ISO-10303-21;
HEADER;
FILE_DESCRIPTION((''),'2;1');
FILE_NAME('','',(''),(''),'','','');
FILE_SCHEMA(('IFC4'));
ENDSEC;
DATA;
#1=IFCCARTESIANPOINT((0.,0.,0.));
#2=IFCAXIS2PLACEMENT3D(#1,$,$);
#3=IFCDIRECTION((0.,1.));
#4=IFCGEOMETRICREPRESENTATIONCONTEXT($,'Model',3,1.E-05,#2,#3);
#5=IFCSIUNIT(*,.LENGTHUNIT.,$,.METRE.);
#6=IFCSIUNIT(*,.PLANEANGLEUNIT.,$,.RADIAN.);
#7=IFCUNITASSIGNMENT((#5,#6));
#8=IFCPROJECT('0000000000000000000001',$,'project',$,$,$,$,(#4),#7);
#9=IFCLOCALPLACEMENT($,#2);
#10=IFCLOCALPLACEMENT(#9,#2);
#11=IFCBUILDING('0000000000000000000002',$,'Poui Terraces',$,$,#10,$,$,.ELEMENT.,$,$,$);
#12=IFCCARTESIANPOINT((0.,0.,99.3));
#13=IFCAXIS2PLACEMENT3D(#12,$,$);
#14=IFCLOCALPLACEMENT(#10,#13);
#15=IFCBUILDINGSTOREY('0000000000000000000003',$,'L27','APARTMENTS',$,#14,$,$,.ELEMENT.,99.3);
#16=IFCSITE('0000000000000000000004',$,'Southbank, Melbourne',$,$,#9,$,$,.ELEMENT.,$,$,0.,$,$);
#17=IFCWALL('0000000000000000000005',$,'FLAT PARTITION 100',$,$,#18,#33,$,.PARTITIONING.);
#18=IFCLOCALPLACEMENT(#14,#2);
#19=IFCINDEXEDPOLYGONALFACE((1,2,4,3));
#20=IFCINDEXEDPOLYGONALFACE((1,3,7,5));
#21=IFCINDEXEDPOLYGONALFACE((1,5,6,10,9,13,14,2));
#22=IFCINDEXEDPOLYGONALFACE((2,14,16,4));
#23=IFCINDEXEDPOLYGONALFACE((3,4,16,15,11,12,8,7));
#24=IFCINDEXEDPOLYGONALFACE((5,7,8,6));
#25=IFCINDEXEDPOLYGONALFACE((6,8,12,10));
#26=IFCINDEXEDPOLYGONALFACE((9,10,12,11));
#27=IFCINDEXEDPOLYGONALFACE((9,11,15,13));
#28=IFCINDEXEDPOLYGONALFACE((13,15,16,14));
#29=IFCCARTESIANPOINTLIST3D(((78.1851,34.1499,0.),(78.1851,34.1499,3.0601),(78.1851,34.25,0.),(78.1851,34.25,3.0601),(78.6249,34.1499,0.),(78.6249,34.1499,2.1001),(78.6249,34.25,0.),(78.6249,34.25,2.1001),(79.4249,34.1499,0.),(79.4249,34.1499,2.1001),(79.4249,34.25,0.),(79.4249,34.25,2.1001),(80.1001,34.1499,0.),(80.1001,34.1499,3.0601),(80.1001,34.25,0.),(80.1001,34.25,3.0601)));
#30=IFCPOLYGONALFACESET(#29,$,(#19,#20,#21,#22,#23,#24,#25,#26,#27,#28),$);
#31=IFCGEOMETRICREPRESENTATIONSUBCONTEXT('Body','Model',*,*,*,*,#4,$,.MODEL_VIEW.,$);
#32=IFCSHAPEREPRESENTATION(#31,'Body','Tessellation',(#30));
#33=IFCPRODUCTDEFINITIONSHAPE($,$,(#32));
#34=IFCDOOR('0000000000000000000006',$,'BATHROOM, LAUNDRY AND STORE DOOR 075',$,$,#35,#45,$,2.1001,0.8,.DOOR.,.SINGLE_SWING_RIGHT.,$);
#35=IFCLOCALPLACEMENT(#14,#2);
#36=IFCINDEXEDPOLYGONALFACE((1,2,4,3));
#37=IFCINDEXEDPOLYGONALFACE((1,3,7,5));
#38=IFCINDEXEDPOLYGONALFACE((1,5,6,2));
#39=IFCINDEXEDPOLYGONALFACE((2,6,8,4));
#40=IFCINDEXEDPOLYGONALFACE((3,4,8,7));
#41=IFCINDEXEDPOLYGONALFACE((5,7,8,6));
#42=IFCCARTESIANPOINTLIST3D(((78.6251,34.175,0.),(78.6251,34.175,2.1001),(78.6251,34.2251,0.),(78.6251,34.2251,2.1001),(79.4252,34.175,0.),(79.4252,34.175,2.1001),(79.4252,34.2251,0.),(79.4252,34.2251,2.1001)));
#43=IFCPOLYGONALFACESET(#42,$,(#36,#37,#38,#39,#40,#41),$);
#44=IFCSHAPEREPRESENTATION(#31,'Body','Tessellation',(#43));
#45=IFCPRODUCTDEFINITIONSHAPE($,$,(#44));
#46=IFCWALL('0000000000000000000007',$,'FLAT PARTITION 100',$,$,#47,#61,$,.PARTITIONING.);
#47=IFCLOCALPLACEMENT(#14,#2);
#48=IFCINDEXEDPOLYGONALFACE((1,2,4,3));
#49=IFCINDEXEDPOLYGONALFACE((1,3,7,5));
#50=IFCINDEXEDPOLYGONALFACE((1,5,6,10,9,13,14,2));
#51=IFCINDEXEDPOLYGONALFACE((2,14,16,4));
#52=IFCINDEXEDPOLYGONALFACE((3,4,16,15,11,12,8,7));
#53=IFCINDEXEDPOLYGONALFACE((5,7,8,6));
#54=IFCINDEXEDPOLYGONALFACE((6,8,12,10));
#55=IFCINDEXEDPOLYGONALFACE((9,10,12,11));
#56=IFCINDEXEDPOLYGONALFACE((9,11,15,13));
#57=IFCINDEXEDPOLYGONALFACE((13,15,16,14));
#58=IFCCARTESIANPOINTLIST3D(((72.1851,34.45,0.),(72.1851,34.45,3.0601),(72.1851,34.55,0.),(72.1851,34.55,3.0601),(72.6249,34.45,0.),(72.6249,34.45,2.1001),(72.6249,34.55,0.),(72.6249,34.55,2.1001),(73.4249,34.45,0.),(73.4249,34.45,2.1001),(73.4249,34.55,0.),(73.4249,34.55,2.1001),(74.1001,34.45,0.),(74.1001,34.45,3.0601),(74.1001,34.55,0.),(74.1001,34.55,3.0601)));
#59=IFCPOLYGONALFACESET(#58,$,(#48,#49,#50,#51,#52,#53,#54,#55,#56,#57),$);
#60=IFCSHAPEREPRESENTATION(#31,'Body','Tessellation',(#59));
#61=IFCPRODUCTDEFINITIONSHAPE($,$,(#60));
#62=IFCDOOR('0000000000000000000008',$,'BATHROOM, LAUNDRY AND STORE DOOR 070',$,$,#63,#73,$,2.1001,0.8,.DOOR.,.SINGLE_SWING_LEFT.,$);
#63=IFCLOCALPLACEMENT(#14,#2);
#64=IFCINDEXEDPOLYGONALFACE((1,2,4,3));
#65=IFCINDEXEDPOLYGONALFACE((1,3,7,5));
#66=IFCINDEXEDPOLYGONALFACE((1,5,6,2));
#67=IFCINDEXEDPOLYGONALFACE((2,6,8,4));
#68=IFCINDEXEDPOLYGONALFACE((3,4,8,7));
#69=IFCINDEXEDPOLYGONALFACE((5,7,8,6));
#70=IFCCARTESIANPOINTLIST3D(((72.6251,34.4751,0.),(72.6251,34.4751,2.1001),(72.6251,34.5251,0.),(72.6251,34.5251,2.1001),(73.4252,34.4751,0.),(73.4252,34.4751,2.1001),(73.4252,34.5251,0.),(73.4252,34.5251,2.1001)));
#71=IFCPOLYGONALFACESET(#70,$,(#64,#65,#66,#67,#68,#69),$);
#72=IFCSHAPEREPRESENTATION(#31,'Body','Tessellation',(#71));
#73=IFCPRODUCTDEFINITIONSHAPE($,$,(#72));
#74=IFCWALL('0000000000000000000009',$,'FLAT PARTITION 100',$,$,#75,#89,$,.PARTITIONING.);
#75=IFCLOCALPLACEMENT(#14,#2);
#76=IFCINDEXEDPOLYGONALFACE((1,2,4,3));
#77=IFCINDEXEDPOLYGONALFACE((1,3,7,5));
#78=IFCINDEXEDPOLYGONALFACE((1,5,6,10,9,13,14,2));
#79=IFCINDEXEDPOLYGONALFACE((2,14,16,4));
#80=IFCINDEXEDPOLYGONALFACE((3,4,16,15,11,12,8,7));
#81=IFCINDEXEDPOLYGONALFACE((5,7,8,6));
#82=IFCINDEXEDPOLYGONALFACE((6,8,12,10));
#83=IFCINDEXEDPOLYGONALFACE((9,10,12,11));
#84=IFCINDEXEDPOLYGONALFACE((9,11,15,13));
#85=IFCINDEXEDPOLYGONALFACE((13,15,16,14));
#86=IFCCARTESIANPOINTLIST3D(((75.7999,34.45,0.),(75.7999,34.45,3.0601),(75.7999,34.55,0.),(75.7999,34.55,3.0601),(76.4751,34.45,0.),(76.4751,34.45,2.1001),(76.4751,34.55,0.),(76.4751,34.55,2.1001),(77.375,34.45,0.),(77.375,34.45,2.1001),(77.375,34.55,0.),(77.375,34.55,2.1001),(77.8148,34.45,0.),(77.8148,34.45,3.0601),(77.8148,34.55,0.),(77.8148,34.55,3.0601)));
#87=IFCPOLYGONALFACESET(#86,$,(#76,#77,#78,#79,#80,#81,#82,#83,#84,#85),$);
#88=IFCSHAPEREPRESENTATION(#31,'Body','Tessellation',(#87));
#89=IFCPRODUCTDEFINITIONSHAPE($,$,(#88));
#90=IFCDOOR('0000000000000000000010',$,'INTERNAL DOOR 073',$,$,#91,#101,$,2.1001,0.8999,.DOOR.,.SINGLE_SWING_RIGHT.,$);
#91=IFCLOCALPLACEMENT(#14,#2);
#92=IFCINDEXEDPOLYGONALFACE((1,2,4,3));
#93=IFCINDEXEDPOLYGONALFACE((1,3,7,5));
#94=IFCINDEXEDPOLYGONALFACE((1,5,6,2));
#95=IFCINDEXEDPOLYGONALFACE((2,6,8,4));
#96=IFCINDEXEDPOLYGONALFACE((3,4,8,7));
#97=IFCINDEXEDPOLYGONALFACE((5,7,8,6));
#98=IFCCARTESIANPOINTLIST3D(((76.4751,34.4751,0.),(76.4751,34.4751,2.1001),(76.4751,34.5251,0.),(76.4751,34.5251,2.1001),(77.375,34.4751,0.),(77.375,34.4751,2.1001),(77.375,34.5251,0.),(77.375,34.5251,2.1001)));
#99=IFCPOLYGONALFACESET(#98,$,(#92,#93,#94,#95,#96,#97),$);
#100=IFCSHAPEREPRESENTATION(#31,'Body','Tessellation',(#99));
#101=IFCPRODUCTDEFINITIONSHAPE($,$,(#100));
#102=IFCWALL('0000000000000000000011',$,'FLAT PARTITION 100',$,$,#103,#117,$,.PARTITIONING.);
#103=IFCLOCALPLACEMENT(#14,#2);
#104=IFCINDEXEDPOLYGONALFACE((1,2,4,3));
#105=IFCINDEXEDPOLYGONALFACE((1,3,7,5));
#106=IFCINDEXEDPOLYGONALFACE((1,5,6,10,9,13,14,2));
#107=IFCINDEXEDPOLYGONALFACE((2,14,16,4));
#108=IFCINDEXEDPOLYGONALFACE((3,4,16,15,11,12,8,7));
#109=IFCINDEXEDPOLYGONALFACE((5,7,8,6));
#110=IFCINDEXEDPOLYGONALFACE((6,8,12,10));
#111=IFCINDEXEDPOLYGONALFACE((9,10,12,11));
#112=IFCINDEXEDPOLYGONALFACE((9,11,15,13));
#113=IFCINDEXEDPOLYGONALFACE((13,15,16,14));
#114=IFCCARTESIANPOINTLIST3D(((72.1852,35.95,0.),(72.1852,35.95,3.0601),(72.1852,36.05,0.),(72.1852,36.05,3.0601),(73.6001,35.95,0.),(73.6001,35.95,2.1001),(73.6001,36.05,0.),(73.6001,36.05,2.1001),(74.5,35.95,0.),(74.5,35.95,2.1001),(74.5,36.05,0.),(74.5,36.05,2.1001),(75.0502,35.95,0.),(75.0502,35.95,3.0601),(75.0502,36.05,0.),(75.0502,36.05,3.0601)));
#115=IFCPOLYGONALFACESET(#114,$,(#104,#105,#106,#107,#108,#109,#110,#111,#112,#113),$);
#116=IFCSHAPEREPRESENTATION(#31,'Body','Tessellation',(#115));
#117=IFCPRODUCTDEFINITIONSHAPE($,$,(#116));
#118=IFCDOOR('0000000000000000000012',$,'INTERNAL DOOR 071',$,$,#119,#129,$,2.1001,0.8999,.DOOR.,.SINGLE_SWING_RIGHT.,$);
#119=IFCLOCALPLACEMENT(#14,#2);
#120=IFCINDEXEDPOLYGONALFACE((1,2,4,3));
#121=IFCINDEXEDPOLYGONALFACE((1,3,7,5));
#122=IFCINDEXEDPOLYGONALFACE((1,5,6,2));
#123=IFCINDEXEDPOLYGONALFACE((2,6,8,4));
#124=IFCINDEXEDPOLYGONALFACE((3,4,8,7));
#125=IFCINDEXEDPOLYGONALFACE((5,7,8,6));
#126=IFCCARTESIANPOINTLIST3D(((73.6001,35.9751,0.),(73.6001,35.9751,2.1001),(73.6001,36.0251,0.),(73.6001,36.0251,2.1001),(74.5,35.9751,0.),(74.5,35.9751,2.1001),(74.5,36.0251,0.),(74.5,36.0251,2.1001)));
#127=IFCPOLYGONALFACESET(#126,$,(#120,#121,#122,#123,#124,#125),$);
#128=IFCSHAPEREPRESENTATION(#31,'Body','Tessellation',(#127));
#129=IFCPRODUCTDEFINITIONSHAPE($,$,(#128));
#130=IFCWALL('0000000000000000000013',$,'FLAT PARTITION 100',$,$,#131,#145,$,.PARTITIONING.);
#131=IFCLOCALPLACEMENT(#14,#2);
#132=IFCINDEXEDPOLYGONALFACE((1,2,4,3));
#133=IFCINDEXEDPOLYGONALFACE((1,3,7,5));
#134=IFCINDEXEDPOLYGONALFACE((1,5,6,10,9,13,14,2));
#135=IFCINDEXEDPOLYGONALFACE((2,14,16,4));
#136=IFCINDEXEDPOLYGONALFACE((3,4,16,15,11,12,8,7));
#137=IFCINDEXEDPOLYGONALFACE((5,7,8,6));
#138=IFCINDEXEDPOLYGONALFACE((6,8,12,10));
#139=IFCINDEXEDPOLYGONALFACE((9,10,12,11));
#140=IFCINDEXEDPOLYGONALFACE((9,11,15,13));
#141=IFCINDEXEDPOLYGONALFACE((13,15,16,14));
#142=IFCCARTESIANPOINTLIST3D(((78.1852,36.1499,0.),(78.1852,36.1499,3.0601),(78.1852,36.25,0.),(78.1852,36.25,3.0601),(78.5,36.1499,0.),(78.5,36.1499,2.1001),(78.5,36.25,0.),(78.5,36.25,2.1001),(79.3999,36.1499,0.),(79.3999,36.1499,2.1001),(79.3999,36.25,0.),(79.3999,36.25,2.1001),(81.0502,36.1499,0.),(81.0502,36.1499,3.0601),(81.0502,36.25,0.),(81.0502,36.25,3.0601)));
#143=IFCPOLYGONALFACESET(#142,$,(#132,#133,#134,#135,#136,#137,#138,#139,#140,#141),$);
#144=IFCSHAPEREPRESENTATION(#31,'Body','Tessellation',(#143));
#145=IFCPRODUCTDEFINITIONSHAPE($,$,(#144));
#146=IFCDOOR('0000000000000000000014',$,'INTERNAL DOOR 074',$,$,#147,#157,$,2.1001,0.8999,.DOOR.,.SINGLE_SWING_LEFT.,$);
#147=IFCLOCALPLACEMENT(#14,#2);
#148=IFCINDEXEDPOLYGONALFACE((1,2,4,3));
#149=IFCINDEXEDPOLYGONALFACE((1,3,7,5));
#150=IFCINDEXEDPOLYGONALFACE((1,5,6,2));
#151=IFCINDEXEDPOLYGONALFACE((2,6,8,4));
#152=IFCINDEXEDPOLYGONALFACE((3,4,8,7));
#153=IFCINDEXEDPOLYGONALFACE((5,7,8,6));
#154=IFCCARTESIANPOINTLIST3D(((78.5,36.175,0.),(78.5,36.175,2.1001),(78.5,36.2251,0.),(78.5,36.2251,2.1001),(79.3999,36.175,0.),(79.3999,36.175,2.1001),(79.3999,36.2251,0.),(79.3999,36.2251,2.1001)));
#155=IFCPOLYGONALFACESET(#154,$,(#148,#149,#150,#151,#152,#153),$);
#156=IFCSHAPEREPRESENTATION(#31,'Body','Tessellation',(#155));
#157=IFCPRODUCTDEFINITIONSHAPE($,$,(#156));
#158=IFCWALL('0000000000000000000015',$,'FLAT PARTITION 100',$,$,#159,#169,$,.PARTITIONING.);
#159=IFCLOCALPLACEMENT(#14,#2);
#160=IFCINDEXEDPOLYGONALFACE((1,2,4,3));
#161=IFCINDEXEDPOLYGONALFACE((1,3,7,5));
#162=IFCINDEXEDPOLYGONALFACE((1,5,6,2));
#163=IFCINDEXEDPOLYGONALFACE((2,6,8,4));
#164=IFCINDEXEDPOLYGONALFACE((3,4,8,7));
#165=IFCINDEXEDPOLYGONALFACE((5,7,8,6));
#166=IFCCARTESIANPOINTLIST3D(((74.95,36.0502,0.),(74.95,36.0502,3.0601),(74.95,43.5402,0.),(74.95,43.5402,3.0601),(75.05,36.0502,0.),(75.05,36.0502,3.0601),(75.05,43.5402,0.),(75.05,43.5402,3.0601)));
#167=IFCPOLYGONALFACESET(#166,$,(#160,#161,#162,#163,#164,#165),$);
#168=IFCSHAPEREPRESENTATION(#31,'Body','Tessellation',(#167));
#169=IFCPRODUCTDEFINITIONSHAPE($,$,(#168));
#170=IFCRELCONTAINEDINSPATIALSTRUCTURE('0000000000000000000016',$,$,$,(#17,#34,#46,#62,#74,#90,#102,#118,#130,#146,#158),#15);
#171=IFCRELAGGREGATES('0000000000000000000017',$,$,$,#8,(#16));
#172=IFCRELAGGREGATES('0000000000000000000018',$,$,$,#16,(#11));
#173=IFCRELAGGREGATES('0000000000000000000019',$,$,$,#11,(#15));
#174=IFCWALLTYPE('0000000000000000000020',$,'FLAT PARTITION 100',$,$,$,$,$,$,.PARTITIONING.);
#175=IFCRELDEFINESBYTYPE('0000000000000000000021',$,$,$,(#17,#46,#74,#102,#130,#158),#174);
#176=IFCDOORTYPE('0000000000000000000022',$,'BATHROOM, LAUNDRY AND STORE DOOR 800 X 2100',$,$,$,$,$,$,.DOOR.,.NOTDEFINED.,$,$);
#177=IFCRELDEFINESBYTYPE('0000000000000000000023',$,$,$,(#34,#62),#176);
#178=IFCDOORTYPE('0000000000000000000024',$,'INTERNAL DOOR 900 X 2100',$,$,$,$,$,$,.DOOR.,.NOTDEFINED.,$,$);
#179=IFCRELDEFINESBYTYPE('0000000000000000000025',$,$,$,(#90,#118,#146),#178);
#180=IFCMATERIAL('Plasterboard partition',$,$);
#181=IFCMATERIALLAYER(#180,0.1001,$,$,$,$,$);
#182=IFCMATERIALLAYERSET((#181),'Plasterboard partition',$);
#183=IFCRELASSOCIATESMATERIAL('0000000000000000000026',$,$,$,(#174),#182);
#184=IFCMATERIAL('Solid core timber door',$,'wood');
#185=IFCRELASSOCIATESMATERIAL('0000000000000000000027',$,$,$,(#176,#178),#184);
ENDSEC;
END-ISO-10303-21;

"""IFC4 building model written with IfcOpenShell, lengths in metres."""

from ifc_helpers import new_model, si_unit, direction, frame, frame_2d, origin, place, context, subcontext, project, spatial, rectangle, extrude, material, layer, layer_set, type_object, element, fill, save


model = new_model("IFC4")

# Units and contexts
model_context = context("Model", 3, precision=1e-05, world=origin(), true_north=direction((0.0, 1.0)))
body_context = subcontext(model_context, "Body", "Model", "MODEL_VIEW")
ifc_project = project(units=[si_unit("LENGTHUNIT", "METRE"), si_unit("PLANEANGLEUNIT", "RADIAN")], contexts=[model_context])

# Site, building, storey
site_placement = place(None, origin())
site = spatial("IfcSite", under=ifc_project, at=site_placement, Name="Southbank, Melbourne", CompositionType="ELEMENT", RefElevation=0.0)
building_placement = place(site_placement, origin())
building = spatial("IfcBuilding", under=site, at=building_placement, Name="Poui Terraces", CompositionType="ELEMENT")
storey_placement = place(building_placement, frame((0.0, 0.0, 99.3)))
storey = spatial("IfcBuildingStorey", under=building, at=storey_placement, Name="L27", Description="APARTMENTS", CompositionType="ELEMENT", Elevation=99.3)

# Walls, openings, doors
ifc_material_1 = material(Name="Plasterboard partition")
ifc_layer_1 = layer(ifc_material_1, 0.1001)
ifc_layer_set_1 = layer_set([ifc_layer_1], Name="Plasterboard partition")
wall_type_1 = type_object("IfcWallType", Name="FLAT PARTITION 100", PredefinedType="PARTITIONING", material=ifc_layer_set_1)
wall_1_placement = place(storey_placement, frame((78.1851, 34.2, 0.0), z_axis=(0.0, 0.0, 1.0), x_axis=(1.0, 0.0, 0.0)))
wall_1 = element("IfcWall", 1, at=wall_1_placement, inside=storey, type_object=wall_type_1, Name="FLAT PARTITION 100", PredefinedType="PARTITIONING", context=body_context, shape_type="SweptSolid", body=[
    extrude(rectangle(XDim=1.915, YDim=0.1001, at=frame_2d((0.9575, 0.0))), origin(), (0.0, 0.0, 1.0), 3.0601),
])
opening_1_placement = place(wall_1_placement, frame((0.4399, 0.0, 0.0)))
opening_1 = element("IfcOpeningElement", 2, at=opening_1_placement, cuts=wall_1, PredefinedType="OPENING", context=body_context, shape_type="SweptSolid", body=[
    extrude(rectangle(XDim=0.8, YDim=2.1001, at=frame_2d((0.3999, 1.05))), frame((0.0, 0.0601, 0.0), z_axis=(0.0, -1.0, 0.0), x_axis=(1.0, 0.0, 0.0)), (0.0, 0.0, 1.0), 0.1201),
])
ifc_material_2 = material(Name="Solid core timber door", Category="wood")
door_type_1 = type_object("IfcDoorType", Name="BATHROOM, LAUNDRY AND STORE DOOR 800 X 2100", OperationType="NOTDEFINED", PredefinedType="DOOR", material=ifc_material_2)
door_1_placement = place(opening_1_placement, frame((0.8, 0.0, 0.0), z_axis=(0.0, 0.0, 1.0), x_axis=(-1.0, 0.0, 0.0)))
door_1 = element("IfcDoor", 3, at=door_1_placement, inside=storey, type_object=door_type_1, Name="BATHROOM, LAUNDRY AND STORE DOOR 075", OperationType="SINGLE_SWING_RIGHT", OverallHeight=2.1001, OverallWidth=0.8, PredefinedType="DOOR", context=body_context, shape_type="SweptSolid", body=[
    extrude(rectangle(XDim=0.8, YDim=2.1001, at=frame_2d((0.3999, 1.05))), frame((0.0, 0.0249, 0.0), z_axis=(0.0, -1.0, 0.0), x_axis=(1.0, 0.0, 0.0)), (0.0, 0.0, 1.0), 0.05),
])
fill(opening_1, door_1)
wall_2_placement = place(storey_placement, frame((72.1851, 34.5, 0.0), z_axis=(0.0, 0.0, 1.0), x_axis=(1.0, 0.0, 0.0)))
wall_2 = element("IfcWall", 4, at=wall_2_placement, inside=storey, type_object=wall_type_1, Name="FLAT PARTITION 100", PredefinedType="PARTITIONING", context=body_context, shape_type="SweptSolid", body=[
    extrude(rectangle(XDim=1.915, YDim=0.1001, at=frame_2d((0.9575, 0.0))), origin(), (0.0, 0.0, 1.0), 3.0601),
])
opening_2_placement = place(wall_2_placement, frame((0.4399, 0.0, 0.0)))
opening_2 = element("IfcOpeningElement", 5, at=opening_2_placement, cuts=wall_2, PredefinedType="OPENING", context=body_context, shape_type="SweptSolid", body=[
    extrude(rectangle(XDim=0.8, YDim=2.1001, at=frame_2d((0.3999, 1.05))), frame((0.0, 0.0601, 0.0), z_axis=(0.0, -1.0, 0.0), x_axis=(1.0, 0.0, 0.0)), (0.0, 0.0, 1.0), 0.1201),
])
door_2_placement = place(opening_2_placement, frame((0.8, 0.0, 0.0), z_axis=(0.0, 0.0, 1.0), x_axis=(-1.0, 0.0, 0.0)))
door_2 = element("IfcDoor", 6, at=door_2_placement, inside=storey, type_object=door_type_1, Name="BATHROOM, LAUNDRY AND STORE DOOR 070", OperationType="SINGLE_SWING_LEFT", OverallHeight=2.1001, OverallWidth=0.8, PredefinedType="DOOR", context=body_context, shape_type="SweptSolid", body=[
    extrude(rectangle(XDim=0.8, YDim=2.1001, at=frame_2d((0.3999, 1.05))), frame((0.0, 0.0249, 0.0), z_axis=(0.0, -1.0, 0.0), x_axis=(1.0, 0.0, 0.0)), (0.0, 0.0, 1.0), 0.05),
])
fill(opening_2, door_2)
wall_3_placement = place(storey_placement, frame((75.8, 34.5, 0.0), z_axis=(0.0, 0.0, 1.0), x_axis=(1.0, 0.0, 0.0)))
wall_3 = element("IfcWall", 7, at=wall_3_placement, inside=storey, type_object=wall_type_1, Name="FLAT PARTITION 100", PredefinedType="PARTITIONING", context=body_context, shape_type="SweptSolid", body=[
    extrude(rectangle(XDim=2.0149, YDim=0.1001, at=frame_2d((1.0073, 0.0))), origin(), (0.0, 0.0, 1.0), 3.0601),
])
opening_3_placement = place(wall_3_placement, frame((0.675, 0.0, 0.0)))
opening_3 = element("IfcOpeningElement", 8, at=opening_3_placement, cuts=wall_3, PredefinedType="OPENING", context=body_context, shape_type="SweptSolid", body=[
    extrude(rectangle(XDim=0.8999, YDim=2.1001, at=frame_2d((0.45, 1.05))), frame((0.0, 0.0601, 0.0), z_axis=(0.0, -1.0, 0.0), x_axis=(1.0, 0.0, 0.0)), (0.0, 0.0, 1.0), 0.1201),
])
door_type_2 = type_object("IfcDoorType", Name="INTERNAL DOOR 900 X 2100", OperationType="NOTDEFINED", PredefinedType="DOOR", material=ifc_material_2)
door_3_placement = place(opening_3_placement, frame((0.8999, 0.0, 0.0), z_axis=(0.0, 0.0, 1.0), x_axis=(-1.0, 0.0, 0.0)))
door_3 = element("IfcDoor", 9, at=door_3_placement, inside=storey, type_object=door_type_2, Name="INTERNAL DOOR 073", OperationType="SINGLE_SWING_RIGHT", OverallHeight=2.1001, OverallWidth=0.8999, PredefinedType="DOOR", context=body_context, shape_type="SweptSolid", body=[
    extrude(rectangle(XDim=0.8999, YDim=2.1001, at=frame_2d((0.45, 1.05))), frame((0.0, 0.0249, 0.0), z_axis=(0.0, -1.0, 0.0), x_axis=(1.0, 0.0, 0.0)), (0.0, 0.0, 1.0), 0.05),
])
fill(opening_3, door_3)
wall_4_placement = place(storey_placement, frame((72.1851, 36.0, 0.0), z_axis=(0.0, 0.0, 1.0), x_axis=(1.0, 0.0, 0.0)))
wall_4 = element("IfcWall", 10, at=wall_4_placement, inside=storey, type_object=wall_type_1, Name="FLAT PARTITION 100", PredefinedType="PARTITIONING", context=body_context, shape_type="SweptSolid", body=[
    extrude(rectangle(XDim=2.865, YDim=0.1001, at=frame_2d((1.4326, 0.0))), origin(), (0.0, 0.0, 1.0), 3.0601),
])
opening_4_placement = place(wall_4_placement, frame((1.415, 0.0, 0.0)))
opening_4 = element("IfcOpeningElement", 11, at=opening_4_placement, cuts=wall_4, PredefinedType="OPENING", context=body_context, shape_type="SweptSolid", body=[
    extrude(rectangle(XDim=0.8999, YDim=2.1001, at=frame_2d((0.45, 1.05))), frame((0.0, 0.0601, 0.0), z_axis=(0.0, -1.0, 0.0), x_axis=(1.0, 0.0, 0.0)), (0.0, 0.0, 1.0), 0.1201),
])
door_4_placement = place(opening_4_placement, frame((0.8999, 0.0, 0.0), z_axis=(0.0, 0.0, 1.0), x_axis=(-1.0, 0.0, 0.0)))
door_4 = element("IfcDoor", 12, at=door_4_placement, inside=storey, type_object=door_type_2, Name="INTERNAL DOOR 071", OperationType="SINGLE_SWING_RIGHT", OverallHeight=2.1001, OverallWidth=0.8999, PredefinedType="DOOR", context=body_context, shape_type="SweptSolid", body=[
    extrude(rectangle(XDim=0.8999, YDim=2.1001, at=frame_2d((0.45, 1.05))), frame((0.0, 0.0249, 0.0), z_axis=(0.0, -1.0, 0.0), x_axis=(1.0, 0.0, 0.0)), (0.0, 0.0, 1.0), 0.05),
])
fill(opening_4, door_4)
wall_5_placement = place(storey_placement, frame((78.1851, 36.2, 0.0), z_axis=(0.0, 0.0, 1.0), x_axis=(1.0, 0.0, 0.0)))
wall_5 = element("IfcWall", 13, at=wall_5_placement, inside=storey, type_object=wall_type_1, Name="FLAT PARTITION 100", PredefinedType="PARTITIONING", context=body_context, shape_type="SweptSolid", body=[
    extrude(rectangle(XDim=2.865, YDim=0.1001, at=frame_2d((1.4326, 0.0))), origin(), (0.0, 0.0, 1.0), 3.0601),
])
opening_5_placement = place(wall_5_placement, frame((0.3149, 0.0, 0.0)))
opening_5 = element("IfcOpeningElement", 14, at=opening_5_placement, cuts=wall_5, PredefinedType="OPENING", context=body_context, shape_type="SweptSolid", body=[
    extrude(rectangle(XDim=0.8999, YDim=2.1001, at=frame_2d((0.45, 1.05))), frame((0.0, 0.0601, 0.0), z_axis=(0.0, -1.0, 0.0), x_axis=(1.0, 0.0, 0.0)), (0.0, 0.0, 1.0), 0.1201),
])
door_5_placement = place(opening_5_placement, frame((0.8999, 0.0, 0.0), z_axis=(0.0, 0.0, 1.0), x_axis=(-1.0, 0.0, 0.0)))
door_5 = element("IfcDoor", 15, at=door_5_placement, inside=storey, type_object=door_type_2, Name="INTERNAL DOOR 074", OperationType="SINGLE_SWING_LEFT", OverallHeight=2.1001, OverallWidth=0.8999, PredefinedType="DOOR", context=body_context, shape_type="SweptSolid", body=[
    extrude(rectangle(XDim=0.8999, YDim=2.1001, at=frame_2d((0.45, 1.05))), frame((0.0, 0.0249, 0.0), z_axis=(0.0, -1.0, 0.0), x_axis=(1.0, 0.0, 0.0)), (0.0, 0.0, 1.0), 0.05),
])
fill(opening_5, door_5)

# Wall
wall_6_placement = place(storey_placement, frame((75.0, 36.05, 0.0), z_axis=(0.0, 0.0, 1.0), x_axis=(0.0, 1.0, 0.0)))
element("IfcWall", 16, at=wall_6_placement, inside=storey, type_object=wall_type_1, Name="FLAT PARTITION 100", PredefinedType="PARTITIONING", context=body_context, shape_type="SweptSolid", body=[
    extrude(rectangle(XDim=7.49, YDim=0.1001, at=frame_2d((3.7451, 0.0))), origin(), (0.0, 0.0, 1.0), 3.0601),
])

save(model, "model.ifc")
